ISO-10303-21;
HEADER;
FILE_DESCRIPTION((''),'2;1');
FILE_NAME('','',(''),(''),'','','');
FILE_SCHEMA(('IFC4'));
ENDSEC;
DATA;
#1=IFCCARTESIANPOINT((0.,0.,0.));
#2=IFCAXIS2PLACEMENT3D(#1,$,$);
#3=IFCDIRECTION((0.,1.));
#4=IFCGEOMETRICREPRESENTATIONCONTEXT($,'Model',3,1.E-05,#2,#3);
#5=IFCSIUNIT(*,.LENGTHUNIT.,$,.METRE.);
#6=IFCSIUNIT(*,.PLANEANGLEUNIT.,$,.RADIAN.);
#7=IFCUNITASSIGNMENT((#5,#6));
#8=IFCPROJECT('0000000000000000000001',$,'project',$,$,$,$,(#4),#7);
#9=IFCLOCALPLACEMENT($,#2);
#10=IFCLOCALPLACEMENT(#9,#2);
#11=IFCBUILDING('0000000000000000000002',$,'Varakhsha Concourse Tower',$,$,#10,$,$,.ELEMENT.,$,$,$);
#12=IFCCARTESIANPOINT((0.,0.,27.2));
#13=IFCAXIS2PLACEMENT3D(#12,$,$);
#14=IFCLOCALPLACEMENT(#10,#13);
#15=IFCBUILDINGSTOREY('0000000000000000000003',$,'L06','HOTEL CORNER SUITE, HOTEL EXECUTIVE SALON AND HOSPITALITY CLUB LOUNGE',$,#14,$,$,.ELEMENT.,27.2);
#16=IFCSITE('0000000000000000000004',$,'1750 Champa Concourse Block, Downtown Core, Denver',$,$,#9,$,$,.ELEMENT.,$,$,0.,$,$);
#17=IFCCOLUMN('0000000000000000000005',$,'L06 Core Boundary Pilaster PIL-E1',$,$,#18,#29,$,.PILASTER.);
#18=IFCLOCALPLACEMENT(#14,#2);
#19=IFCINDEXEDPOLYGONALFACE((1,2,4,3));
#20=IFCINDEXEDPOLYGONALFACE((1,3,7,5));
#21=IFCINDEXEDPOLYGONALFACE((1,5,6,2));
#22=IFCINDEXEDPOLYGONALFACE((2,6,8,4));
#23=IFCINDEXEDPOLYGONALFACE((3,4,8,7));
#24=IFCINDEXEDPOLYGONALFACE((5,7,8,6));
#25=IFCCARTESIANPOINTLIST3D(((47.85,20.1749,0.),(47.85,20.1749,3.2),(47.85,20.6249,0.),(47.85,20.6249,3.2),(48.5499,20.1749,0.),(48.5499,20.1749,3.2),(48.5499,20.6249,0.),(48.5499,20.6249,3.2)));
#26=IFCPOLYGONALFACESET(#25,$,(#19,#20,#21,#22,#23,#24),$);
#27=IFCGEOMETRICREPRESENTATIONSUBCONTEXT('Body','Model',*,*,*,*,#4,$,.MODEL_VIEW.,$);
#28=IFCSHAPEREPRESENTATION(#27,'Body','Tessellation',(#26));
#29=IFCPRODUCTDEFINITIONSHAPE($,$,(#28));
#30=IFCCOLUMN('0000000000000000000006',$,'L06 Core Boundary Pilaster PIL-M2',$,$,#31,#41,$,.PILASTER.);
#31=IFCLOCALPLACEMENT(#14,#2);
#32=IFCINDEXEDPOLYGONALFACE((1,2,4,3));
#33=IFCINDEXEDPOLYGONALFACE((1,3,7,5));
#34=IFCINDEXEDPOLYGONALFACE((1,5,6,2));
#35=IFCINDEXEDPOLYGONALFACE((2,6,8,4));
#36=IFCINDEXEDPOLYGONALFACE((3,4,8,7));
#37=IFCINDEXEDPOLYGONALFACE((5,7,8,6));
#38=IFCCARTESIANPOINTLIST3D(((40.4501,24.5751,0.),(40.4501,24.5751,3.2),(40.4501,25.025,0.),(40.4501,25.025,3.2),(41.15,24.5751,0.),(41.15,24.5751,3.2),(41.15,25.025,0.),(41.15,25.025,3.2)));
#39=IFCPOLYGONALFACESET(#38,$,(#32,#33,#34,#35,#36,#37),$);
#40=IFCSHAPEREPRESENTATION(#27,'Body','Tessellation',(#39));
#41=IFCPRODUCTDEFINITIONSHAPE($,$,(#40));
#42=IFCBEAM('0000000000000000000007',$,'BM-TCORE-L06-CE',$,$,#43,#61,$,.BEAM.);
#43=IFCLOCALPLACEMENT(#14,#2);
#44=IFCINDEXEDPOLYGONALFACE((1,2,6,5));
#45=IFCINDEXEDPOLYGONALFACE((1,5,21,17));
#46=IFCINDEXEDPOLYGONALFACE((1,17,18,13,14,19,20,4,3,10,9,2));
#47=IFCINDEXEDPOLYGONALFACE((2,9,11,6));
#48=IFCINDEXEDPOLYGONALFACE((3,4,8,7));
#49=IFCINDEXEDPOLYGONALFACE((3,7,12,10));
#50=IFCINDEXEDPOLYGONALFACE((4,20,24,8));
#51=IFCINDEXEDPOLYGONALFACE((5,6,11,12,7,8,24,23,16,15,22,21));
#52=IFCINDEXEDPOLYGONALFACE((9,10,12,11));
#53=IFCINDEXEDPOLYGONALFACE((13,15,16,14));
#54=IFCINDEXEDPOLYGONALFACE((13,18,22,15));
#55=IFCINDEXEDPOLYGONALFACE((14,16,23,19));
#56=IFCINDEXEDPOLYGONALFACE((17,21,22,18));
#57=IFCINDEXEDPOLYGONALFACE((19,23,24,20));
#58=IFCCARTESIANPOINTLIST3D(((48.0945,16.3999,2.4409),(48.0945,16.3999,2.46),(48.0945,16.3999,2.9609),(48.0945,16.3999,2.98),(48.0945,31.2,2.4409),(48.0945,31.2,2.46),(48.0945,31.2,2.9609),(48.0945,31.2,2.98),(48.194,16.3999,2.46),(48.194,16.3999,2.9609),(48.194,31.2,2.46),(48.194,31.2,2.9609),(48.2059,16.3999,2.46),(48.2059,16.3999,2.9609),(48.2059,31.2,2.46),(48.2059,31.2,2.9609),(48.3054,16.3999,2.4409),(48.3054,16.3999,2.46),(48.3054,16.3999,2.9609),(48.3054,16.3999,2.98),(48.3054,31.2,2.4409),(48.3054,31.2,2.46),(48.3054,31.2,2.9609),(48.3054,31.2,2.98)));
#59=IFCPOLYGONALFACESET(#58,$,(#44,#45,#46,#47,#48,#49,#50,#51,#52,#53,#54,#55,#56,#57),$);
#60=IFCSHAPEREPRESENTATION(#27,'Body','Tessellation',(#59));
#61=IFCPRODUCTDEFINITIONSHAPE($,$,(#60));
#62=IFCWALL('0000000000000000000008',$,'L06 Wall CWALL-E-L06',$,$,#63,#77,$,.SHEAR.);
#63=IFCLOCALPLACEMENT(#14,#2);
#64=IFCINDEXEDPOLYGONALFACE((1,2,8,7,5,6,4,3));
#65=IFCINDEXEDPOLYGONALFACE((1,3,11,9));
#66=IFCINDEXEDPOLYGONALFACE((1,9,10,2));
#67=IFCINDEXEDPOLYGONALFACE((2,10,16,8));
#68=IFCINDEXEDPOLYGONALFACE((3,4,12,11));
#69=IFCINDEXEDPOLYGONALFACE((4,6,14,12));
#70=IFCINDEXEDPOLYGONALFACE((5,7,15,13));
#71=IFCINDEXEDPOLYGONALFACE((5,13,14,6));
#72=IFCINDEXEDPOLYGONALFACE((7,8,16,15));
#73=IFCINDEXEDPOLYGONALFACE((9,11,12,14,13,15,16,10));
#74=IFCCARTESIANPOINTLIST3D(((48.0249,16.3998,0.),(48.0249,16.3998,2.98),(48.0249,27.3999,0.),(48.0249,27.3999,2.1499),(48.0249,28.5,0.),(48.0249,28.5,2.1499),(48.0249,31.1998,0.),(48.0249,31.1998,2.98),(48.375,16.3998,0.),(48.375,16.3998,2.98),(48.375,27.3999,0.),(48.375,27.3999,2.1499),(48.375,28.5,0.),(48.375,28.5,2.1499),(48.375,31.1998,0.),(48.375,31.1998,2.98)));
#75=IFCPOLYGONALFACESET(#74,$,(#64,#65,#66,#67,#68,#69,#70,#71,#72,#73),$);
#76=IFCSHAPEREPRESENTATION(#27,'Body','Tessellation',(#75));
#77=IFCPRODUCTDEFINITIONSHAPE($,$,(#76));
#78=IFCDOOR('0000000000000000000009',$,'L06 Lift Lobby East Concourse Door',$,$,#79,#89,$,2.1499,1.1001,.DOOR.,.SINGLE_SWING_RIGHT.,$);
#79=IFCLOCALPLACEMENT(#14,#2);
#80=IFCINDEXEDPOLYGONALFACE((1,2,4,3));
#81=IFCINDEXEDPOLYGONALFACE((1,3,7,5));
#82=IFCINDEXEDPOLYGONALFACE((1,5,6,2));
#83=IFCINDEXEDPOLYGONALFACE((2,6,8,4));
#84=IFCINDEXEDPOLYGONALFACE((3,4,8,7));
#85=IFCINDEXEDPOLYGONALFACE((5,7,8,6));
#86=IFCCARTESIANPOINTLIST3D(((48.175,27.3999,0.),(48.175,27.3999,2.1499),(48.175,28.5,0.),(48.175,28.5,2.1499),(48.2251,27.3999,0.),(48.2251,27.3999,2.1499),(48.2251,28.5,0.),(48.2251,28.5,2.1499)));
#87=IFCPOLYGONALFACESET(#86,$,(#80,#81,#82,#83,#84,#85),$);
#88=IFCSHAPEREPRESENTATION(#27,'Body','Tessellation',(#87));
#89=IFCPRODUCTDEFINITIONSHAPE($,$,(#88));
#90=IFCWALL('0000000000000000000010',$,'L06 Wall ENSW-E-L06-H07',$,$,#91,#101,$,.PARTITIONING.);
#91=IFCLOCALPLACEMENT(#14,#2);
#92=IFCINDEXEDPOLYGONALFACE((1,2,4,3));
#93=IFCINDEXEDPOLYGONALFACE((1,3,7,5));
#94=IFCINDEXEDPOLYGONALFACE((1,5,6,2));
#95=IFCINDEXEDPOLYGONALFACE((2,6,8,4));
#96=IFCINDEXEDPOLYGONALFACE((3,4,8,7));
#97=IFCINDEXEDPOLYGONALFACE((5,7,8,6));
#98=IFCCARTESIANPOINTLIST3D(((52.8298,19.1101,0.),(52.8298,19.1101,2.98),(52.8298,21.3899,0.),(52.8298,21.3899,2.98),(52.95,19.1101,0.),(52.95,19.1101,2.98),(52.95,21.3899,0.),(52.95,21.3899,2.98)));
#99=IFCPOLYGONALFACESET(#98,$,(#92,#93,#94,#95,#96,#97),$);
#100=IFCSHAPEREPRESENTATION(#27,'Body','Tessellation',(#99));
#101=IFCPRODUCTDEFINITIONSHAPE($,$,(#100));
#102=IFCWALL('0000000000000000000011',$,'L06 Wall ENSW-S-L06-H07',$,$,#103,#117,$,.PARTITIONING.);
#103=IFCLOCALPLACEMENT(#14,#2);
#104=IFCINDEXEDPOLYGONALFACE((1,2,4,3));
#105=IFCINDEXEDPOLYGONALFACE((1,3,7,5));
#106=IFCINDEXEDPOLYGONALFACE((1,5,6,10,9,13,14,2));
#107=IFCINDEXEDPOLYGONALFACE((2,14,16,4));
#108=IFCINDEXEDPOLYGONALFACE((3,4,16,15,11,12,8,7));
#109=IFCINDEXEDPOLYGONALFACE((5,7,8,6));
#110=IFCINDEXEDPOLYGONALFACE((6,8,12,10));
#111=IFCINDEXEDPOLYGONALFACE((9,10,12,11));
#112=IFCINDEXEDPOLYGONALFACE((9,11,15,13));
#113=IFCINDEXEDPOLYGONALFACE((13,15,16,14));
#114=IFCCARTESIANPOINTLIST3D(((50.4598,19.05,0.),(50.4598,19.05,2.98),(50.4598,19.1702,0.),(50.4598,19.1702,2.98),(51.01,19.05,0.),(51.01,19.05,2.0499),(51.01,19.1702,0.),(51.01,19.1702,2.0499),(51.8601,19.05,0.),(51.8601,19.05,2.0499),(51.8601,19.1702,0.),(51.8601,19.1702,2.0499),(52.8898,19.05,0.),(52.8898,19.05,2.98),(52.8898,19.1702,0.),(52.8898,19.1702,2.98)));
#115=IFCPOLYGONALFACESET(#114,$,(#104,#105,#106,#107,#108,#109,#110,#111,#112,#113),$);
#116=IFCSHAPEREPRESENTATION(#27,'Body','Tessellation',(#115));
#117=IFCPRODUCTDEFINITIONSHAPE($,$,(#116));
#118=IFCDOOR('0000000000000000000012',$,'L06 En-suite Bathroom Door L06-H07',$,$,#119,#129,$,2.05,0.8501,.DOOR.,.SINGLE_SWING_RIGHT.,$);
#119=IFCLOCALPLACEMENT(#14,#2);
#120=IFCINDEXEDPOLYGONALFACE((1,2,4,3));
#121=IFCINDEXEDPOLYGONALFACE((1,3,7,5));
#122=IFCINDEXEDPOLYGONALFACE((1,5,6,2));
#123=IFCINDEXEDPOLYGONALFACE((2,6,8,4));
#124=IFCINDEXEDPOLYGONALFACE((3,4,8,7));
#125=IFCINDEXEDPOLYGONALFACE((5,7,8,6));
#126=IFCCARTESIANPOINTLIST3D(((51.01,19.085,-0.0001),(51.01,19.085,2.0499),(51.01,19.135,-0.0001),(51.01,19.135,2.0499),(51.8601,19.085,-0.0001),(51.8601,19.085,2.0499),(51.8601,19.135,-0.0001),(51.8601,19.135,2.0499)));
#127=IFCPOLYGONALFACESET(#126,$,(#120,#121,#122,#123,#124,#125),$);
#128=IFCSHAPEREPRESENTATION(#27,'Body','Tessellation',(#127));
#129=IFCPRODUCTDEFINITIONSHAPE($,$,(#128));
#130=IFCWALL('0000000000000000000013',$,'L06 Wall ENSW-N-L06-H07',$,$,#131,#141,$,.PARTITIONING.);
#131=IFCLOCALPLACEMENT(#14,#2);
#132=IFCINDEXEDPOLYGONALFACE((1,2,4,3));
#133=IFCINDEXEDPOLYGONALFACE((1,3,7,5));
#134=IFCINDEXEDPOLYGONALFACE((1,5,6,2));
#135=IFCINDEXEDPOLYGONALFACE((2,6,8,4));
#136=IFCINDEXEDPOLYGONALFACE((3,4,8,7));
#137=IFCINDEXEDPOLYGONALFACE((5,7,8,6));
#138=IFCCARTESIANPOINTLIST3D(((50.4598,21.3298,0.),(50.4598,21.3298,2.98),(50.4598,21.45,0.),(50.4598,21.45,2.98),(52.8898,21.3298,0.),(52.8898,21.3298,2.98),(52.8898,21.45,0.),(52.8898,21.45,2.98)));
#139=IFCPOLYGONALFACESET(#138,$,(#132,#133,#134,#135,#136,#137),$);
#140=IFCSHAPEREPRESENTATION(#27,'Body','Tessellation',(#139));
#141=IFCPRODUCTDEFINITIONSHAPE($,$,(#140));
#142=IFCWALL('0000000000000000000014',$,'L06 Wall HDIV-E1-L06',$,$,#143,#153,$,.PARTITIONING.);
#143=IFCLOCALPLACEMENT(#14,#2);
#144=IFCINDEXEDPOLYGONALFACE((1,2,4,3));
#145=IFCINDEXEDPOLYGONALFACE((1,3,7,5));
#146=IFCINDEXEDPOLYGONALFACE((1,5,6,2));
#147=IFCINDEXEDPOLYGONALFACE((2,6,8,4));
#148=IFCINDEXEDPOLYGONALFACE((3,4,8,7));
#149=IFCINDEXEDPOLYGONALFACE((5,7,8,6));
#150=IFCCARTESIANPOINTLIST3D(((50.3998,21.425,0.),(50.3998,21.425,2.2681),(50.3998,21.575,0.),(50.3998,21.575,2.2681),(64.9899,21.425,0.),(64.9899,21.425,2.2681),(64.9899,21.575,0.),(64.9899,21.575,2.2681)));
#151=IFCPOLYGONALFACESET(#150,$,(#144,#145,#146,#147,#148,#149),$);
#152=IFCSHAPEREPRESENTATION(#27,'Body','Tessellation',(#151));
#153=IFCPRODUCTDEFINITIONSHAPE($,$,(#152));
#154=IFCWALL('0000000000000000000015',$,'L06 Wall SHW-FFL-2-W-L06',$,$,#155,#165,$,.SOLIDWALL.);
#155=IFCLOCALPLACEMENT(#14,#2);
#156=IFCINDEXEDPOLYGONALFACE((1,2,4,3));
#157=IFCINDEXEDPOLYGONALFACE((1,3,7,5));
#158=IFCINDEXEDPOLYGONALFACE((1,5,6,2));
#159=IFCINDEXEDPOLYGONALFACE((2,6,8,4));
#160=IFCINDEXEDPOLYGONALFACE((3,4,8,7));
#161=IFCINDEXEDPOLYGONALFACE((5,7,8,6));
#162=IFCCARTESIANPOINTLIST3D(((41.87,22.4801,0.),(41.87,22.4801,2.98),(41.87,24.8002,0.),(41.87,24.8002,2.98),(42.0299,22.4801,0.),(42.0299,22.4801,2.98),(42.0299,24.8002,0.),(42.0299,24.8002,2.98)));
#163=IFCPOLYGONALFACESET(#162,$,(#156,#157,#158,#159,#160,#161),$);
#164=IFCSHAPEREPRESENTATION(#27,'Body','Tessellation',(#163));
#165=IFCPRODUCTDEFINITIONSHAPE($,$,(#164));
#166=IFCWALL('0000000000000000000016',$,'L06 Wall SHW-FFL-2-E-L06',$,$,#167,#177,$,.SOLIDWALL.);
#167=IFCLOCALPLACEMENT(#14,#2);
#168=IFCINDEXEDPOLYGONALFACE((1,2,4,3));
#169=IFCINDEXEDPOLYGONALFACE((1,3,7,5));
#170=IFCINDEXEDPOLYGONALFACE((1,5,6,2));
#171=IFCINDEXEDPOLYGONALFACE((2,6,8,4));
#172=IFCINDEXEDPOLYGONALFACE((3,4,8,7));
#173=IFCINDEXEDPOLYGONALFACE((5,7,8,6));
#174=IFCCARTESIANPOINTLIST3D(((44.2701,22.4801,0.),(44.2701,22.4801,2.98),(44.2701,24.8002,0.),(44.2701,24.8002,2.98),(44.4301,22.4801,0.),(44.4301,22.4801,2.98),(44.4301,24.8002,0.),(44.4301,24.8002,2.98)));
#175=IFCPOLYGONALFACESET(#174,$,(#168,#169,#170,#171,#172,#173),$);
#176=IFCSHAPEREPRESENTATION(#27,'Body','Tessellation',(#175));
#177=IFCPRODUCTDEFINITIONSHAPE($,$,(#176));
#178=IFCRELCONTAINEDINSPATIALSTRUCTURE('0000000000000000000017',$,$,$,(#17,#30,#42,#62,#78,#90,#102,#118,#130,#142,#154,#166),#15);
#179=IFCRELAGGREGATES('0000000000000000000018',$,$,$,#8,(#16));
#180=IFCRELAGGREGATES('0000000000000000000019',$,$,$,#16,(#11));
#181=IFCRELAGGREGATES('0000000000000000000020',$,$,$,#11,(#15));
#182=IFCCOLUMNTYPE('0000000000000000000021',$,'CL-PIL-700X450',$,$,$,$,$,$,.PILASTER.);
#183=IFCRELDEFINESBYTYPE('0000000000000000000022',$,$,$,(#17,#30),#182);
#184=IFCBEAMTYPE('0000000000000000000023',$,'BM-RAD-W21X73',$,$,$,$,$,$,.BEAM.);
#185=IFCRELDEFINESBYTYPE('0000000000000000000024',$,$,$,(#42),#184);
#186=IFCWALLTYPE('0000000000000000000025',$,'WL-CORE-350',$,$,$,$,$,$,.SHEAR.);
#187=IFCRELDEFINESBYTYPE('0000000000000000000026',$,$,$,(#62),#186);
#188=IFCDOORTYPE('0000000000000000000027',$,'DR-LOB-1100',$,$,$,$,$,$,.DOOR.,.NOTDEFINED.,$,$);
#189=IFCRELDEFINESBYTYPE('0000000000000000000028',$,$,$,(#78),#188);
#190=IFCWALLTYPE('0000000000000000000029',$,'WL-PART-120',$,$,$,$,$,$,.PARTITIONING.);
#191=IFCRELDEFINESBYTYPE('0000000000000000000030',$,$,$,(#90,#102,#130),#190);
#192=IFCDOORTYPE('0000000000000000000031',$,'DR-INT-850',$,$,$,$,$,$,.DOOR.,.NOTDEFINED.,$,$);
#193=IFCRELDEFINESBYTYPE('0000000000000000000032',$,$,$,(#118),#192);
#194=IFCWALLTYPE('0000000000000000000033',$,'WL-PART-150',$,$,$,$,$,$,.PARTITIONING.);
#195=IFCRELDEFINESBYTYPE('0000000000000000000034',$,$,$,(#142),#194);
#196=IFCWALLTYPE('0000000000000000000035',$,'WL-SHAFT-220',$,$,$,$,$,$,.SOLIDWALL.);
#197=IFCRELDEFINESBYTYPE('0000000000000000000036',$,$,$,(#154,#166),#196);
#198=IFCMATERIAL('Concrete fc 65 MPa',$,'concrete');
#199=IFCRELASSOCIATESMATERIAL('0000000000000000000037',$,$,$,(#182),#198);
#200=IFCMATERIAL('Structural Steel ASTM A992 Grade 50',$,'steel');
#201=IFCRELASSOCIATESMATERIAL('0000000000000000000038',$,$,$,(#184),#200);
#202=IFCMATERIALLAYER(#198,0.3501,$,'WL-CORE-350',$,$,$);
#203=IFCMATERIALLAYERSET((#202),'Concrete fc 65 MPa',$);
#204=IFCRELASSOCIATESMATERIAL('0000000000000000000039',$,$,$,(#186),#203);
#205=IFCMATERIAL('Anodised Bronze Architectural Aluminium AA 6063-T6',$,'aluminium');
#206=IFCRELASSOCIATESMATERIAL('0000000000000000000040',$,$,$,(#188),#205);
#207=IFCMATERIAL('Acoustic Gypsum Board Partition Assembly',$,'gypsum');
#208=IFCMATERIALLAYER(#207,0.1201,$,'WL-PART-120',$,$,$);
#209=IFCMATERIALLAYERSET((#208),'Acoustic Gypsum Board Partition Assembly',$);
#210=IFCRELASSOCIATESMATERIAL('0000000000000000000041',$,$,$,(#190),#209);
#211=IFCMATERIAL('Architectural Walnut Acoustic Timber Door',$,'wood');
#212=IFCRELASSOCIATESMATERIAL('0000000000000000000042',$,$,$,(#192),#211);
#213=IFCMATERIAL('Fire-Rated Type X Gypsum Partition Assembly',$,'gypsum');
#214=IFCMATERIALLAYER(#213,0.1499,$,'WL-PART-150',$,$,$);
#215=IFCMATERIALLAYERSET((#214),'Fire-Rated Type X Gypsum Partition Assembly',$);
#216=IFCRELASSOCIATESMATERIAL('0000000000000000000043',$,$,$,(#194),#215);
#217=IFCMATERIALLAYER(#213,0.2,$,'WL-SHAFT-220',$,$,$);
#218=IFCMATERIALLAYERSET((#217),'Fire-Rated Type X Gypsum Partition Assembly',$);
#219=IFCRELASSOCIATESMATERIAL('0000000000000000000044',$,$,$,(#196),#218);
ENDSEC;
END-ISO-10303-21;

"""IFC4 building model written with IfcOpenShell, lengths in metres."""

from ifc_helpers import new_model, si_unit, direction, frame, frame_2d, origin, origin_2d, place, context, subcontext, project, spatial, rectangle, i_section, extrude, material, layer, layer_set, material_profile, profile_set, type_object, element, fill, save


model = new_model("IFC4")

# Units and contexts
model_context = context("Model", 3, precision=1e-05, world=origin(), true_north=direction((0.0, 1.0)))
body_context = subcontext(model_context, "Body", "Model", "MODEL_VIEW")
ifc_project = project(units=[si_unit("LENGTHUNIT", "METRE"), si_unit("PLANEANGLEUNIT", "RADIAN")], contexts=[model_context])

# Site, building, storey
site_placement = place(None, origin())
site = spatial("IfcSite", under=ifc_project, at=site_placement, Name="1750 Champa Concourse Block, Downtown Core, Denver", CompositionType="ELEMENT", RefElevation=0.0)
building_placement = place(site_placement, origin())
building = spatial("IfcBuilding", under=site, at=building_placement, Name="Varakhsha Concourse Tower", CompositionType="ELEMENT")
storey_placement = place(building_placement, frame((0.0, 0.0, 27.2)))
storey = spatial("IfcBuildingStorey", under=building, at=storey_placement, Name="L06", Description="HOTEL CORNER SUITE, HOTEL EXECUTIVE SALON AND HOSPITALITY CLUB LOUNGE", CompositionType="ELEMENT", Elevation=27.2)

# Columns
ifc_material_1 = material(Name="Concrete fc 65 MPa", Category="concrete")
ifc_material_profile_1 = material_profile(ifc_material_1, rectangle(XDim=0.7, YDim=0.45, at=origin_2d()), Name="RC 700x450")
ifc_profile_set_1 = profile_set([ifc_material_profile_1], Name="Concrete fc 65 MPa")
column_type = type_object("IfcColumnType", Name="CL-PIL-700X450", PredefinedType="PILASTER", material=ifc_profile_set_1)
for number, where, z_axis, x_axis, name in (
    (1, (48.2, 20.3999, 0.0), (0.0, 0.0, 1.0), (1.0, 0.0, 0.0), "L06 Core Boundary Pilaster PIL-E1"),
    (2, (40.8, 24.8, 0.0), (0.0, 0.0, 1.0), (1.0, 0.0, 0.0), "L06 Core Boundary Pilaster PIL-M2"),
):
    element("IfcColumn", number, at=place(storey_placement, frame(where, z_axis=z_axis, x_axis=x_axis)), inside=storey, type_object=column_type, Name=name, PredefinedType="PILASTER", context=body_context, shape_type="SweptSolid", body=[
        extrude(rectangle(XDim=0.7, YDim=0.45, at=origin_2d()), origin(), (0.0, 0.0, 1.0), 3.2),
    ])

# Beam
ifc_material_2 = material(Name="Structural Steel ASTM A992 Grade 50", Category="steel")
ifc_material_profile_2 = material_profile(ifc_material_2, i_section(OverallWidth=0.2109, OverallDepth=0.5391, WebThickness=0.012, FlangeThickness=0.019, at=origin_2d()), Name="W21X73")
ifc_profile_set_2 = profile_set([ifc_material_profile_2], Name="Structural Steel ASTM A992 Grade 50")
beam_type = type_object("IfcBeamType", Name="BM-RAD-W21X73", PredefinedType="BEAM", material=ifc_profile_set_2)
beam_placement = place(storey_placement, frame((48.2, 16.3999, 2.7104), z_axis=(0.0, 1.0, 0.0), x_axis=(-1.0, 0.0, 0.0)))
element("IfcBeam", 3, at=beam_placement, inside=storey, type_object=beam_type, Name="BM-TCORE-L06-CE", PredefinedType="BEAM", context=body_context, shape_type="SweptSolid", body=[
    extrude(i_section(OverallWidth=0.2109, OverallDepth=0.5391, WebThickness=0.012, FlangeThickness=0.019, at=origin_2d()), origin(), (0.0, 0.0, 1.0), 14.8),
])

# Wall, opening, door
ifc_layer_1 = layer(ifc_material_1, 0.3501, Name="WL-CORE-350")
ifc_layer_set_1 = layer_set([ifc_layer_1], Name="Concrete fc 65 MPa")
wall_type_1 = type_object("IfcWallType", Name="WL-CORE-350", PredefinedType="SHEAR", material=ifc_layer_set_1)
wall_1_placement = place(storey_placement, frame((48.2, 16.3999, 0.0), z_axis=(0.0, 0.0, 1.0), x_axis=(0.0, 1.0, 0.0)))
wall_1 = element("IfcWall", 4, at=wall_1_placement, inside=storey, type_object=wall_type_1, Name="L06 Wall CWALL-E-L06", PredefinedType="SHEAR", context=body_context, shape_type="SweptSolid", body=[
    extrude(rectangle(XDim=14.8, YDim=0.3501, at=frame_2d((7.3999, 0.0))), origin(), (0.0, 0.0, 1.0), 2.98),
])
opening_1_placement = place(wall_1_placement, frame((11.0, 0.0, 0.0)))
opening_1 = element("IfcOpeningElement", 5, at=opening_1_placement, cuts=wall_1, PredefinedType="OPENING", context=body_context, shape_type="SweptSolid", body=[
    extrude(rectangle(XDim=1.1001, YDim=2.1499, at=frame_2d((0.55, 1.075))), frame((0.0, 0.1851, 0.0), z_axis=(0.0, -1.0, 0.0), x_axis=(1.0, 0.0, 0.0)), (0.0, 0.0, 1.0), 0.3701),
])
ifc_material_3 = material(Name="Anodised Bronze Architectural Aluminium AA 6063-T6", Category="aluminium")
door_type_1 = type_object("IfcDoorType", Name="DR-LOB-1100", OperationType="NOTDEFINED", PredefinedType="DOOR", material=ifc_material_3)
door_1_placement = place(opening_1_placement, origin())
door_1 = element("IfcDoor", 6, at=door_1_placement, inside=storey, type_object=door_type_1, Name="L06 Lift Lobby East Concourse Door", OperationType="SINGLE_SWING_RIGHT", OverallHeight=2.1499, OverallWidth=1.1001, PredefinedType="DOOR", context=body_context, shape_type="SweptSolid", body=[
    extrude(rectangle(XDim=1.1001, YDim=2.1499, at=frame_2d((0.55, 1.075))), frame((0.0, 0.0249, 0.0), z_axis=(0.0, -1.0, 0.0), x_axis=(1.0, 0.0, 0.0)), (0.0, 0.0, 1.0), 0.05),
])
fill(opening_1, door_1)

# Wall
ifc_material_4 = material(Name="Acoustic Gypsum Board Partition Assembly", Category="gypsum")
ifc_layer_2 = layer(ifc_material_4, 0.1201, Name="WL-PART-120")
ifc_layer_set_2 = layer_set([ifc_layer_2], Name="Acoustic Gypsum Board Partition Assembly")
wall_type_2 = type_object("IfcWallType", Name="WL-PART-120", PredefinedType="PARTITIONING", material=ifc_layer_set_2)
wall_2_placement = place(storey_placement, frame((52.8899, 19.1101, 0.0), z_axis=(0.0, 0.0, 1.0), x_axis=(0.0, 1.0, 0.0)))
element("IfcWall", 7, at=wall_2_placement, inside=storey, type_object=wall_type_2, Name="L06 Wall ENSW-E-L06-H07", PredefinedType="PARTITIONING", context=body_context, shape_type="SweptSolid", body=[
    extrude(rectangle(XDim=2.2798, YDim=0.1201, at=frame_2d((1.1399, 0.0))), origin(), (0.0, 0.0, 1.0), 2.98),
])

# Wall, opening, door
wall_3_placement = place(storey_placement, frame((50.46, 19.1101, 0.0), z_axis=(0.0, 0.0, 1.0), x_axis=(1.0, 0.0, 0.0)))
wall_3 = element("IfcWall", 8, at=wall_3_placement, inside=storey, type_object=wall_type_2, Name="L06 Wall ENSW-S-L06-H07", PredefinedType="PARTITIONING", context=body_context, shape_type="SweptSolid", body=[
    extrude(rectangle(XDim=2.4299, YDim=0.1201, at=frame_2d((1.2148, 0.0))), origin(), (0.0, 0.0, 1.0), 2.98),
])
opening_2_placement = place(wall_3_placement, frame((0.55, 0.0, 0.0)))
opening_2 = element("IfcOpeningElement", 9, at=opening_2_placement, cuts=wall_3, PredefinedType="OPENING", context=body_context, shape_type="SweptSolid", body=[
    extrude(rectangle(XDim=0.8501, YDim=2.05, at=frame_2d((0.425, 1.0249))), frame((0.0, 0.0701, 0.0), z_axis=(0.0, -1.0, 0.0), x_axis=(1.0, 0.0, 0.0)), (0.0, 0.0, 1.0), 0.1401),
])
ifc_material_5 = material(Name="Architectural Walnut Acoustic Timber Door", Category="wood")
door_type_2 = type_object("IfcDoorType", Name="DR-INT-850", OperationType="NOTDEFINED", PredefinedType="DOOR", material=ifc_material_5)
door_2_placement = place(opening_2_placement, origin())
door_2 = element("IfcDoor", 10, at=door_2_placement, inside=storey, type_object=door_type_2, Name="L06 En-suite Bathroom Door L06-H07", OperationType="SINGLE_SWING_RIGHT", OverallHeight=2.05, OverallWidth=0.8501, PredefinedType="DOOR", context=body_context, shape_type="SweptSolid", body=[
    extrude(rectangle(XDim=0.8501, YDim=2.05, at=frame_2d((0.425, 1.0249))), frame((0.0, 0.0249, 0.0), z_axis=(0.0, -1.0, 0.0), x_axis=(1.0, 0.0, 0.0)), (0.0, 0.0, 1.0), 0.05),
])
fill(opening_2, door_2)

# Walls
wall_4_placement = place(storey_placement, frame((50.46, 21.3899, 0.0), z_axis=(0.0, 0.0, 1.0), x_axis=(1.0, 0.0, 0.0)))
element("IfcWall", 11, at=wall_4_placement, inside=storey, type_object=wall_type_2, Name="L06 Wall ENSW-N-L06-H07", PredefinedType="PARTITIONING", context=body_context, shape_type="SweptSolid", body=[
    extrude(rectangle(XDim=2.4299, YDim=0.1201, at=frame_2d((1.2148, 0.0))), origin(), (0.0, 0.0, 1.0), 2.98),
])
ifc_material_6 = material(Name="Fire-Rated Type X Gypsum Partition Assembly", Category="gypsum")
ifc_layer_3 = layer(ifc_material_6, 0.1499, Name="WL-PART-150")
ifc_layer_set_3 = layer_set([ifc_layer_3], Name="Fire-Rated Type X Gypsum Partition Assembly")
wall_type_3 = type_object("IfcWallType", Name="WL-PART-150", PredefinedType="PARTITIONING", material=ifc_layer_set_3)
wall_5_placement = place(storey_placement, frame((50.3999, 21.5, 0.0), z_axis=(0.0, 0.0, 1.0), x_axis=(1.0, 0.0, 0.0)))
element("IfcWall", 12, at=wall_5_placement, inside=storey, type_object=wall_type_3, Name="L06 Wall HDIV-E1-L06", PredefinedType="PARTITIONING", context=body_context, shape_type="SweptSolid", body=[
    extrude(rectangle(XDim=14.5901, YDim=0.1499, at=frame_2d((7.2949, 0.0))), origin(), (0.0, 0.0, 1.0), 2.2681),
])
ifc_layer_4 = layer(ifc_material_6, 0.2, Name="WL-SHAFT-220")
ifc_layer_set_4 = layer_set([ifc_layer_4], Name="Fire-Rated Type X Gypsum Partition Assembly")
wall_type_4 = type_object("IfcWallType", Name="WL-SHAFT-220", PredefinedType="SOLIDWALL", material=ifc_layer_set_4)
for number, where, z_axis, x_axis, name in (
    (13, (41.95, 22.48, 0.0), (0.0, 0.0, 1.0), (0.0, 1.0, 0.0), "L06 Wall SHW-FFL-2-W-L06"),
    (14, (44.3501, 22.48, 0.0), (0.0, 0.0, 1.0), (0.0, 1.0, 0.0), "L06 Wall SHW-FFL-2-E-L06"),
):
    element("IfcWall", number, at=place(storey_placement, frame(where, z_axis=z_axis, x_axis=x_axis)), inside=storey, type_object=wall_type_4, Name=name, PredefinedType="SOLIDWALL", context=body_context, shape_type="SweptSolid", body=[
        extrude(rectangle(XDim=2.3201, YDim=0.1599, at=frame_2d((1.1602, 0.0))), origin(), (0.0, 0.0, 1.0), 2.98),
    ])

save(model, "model.ifc")
